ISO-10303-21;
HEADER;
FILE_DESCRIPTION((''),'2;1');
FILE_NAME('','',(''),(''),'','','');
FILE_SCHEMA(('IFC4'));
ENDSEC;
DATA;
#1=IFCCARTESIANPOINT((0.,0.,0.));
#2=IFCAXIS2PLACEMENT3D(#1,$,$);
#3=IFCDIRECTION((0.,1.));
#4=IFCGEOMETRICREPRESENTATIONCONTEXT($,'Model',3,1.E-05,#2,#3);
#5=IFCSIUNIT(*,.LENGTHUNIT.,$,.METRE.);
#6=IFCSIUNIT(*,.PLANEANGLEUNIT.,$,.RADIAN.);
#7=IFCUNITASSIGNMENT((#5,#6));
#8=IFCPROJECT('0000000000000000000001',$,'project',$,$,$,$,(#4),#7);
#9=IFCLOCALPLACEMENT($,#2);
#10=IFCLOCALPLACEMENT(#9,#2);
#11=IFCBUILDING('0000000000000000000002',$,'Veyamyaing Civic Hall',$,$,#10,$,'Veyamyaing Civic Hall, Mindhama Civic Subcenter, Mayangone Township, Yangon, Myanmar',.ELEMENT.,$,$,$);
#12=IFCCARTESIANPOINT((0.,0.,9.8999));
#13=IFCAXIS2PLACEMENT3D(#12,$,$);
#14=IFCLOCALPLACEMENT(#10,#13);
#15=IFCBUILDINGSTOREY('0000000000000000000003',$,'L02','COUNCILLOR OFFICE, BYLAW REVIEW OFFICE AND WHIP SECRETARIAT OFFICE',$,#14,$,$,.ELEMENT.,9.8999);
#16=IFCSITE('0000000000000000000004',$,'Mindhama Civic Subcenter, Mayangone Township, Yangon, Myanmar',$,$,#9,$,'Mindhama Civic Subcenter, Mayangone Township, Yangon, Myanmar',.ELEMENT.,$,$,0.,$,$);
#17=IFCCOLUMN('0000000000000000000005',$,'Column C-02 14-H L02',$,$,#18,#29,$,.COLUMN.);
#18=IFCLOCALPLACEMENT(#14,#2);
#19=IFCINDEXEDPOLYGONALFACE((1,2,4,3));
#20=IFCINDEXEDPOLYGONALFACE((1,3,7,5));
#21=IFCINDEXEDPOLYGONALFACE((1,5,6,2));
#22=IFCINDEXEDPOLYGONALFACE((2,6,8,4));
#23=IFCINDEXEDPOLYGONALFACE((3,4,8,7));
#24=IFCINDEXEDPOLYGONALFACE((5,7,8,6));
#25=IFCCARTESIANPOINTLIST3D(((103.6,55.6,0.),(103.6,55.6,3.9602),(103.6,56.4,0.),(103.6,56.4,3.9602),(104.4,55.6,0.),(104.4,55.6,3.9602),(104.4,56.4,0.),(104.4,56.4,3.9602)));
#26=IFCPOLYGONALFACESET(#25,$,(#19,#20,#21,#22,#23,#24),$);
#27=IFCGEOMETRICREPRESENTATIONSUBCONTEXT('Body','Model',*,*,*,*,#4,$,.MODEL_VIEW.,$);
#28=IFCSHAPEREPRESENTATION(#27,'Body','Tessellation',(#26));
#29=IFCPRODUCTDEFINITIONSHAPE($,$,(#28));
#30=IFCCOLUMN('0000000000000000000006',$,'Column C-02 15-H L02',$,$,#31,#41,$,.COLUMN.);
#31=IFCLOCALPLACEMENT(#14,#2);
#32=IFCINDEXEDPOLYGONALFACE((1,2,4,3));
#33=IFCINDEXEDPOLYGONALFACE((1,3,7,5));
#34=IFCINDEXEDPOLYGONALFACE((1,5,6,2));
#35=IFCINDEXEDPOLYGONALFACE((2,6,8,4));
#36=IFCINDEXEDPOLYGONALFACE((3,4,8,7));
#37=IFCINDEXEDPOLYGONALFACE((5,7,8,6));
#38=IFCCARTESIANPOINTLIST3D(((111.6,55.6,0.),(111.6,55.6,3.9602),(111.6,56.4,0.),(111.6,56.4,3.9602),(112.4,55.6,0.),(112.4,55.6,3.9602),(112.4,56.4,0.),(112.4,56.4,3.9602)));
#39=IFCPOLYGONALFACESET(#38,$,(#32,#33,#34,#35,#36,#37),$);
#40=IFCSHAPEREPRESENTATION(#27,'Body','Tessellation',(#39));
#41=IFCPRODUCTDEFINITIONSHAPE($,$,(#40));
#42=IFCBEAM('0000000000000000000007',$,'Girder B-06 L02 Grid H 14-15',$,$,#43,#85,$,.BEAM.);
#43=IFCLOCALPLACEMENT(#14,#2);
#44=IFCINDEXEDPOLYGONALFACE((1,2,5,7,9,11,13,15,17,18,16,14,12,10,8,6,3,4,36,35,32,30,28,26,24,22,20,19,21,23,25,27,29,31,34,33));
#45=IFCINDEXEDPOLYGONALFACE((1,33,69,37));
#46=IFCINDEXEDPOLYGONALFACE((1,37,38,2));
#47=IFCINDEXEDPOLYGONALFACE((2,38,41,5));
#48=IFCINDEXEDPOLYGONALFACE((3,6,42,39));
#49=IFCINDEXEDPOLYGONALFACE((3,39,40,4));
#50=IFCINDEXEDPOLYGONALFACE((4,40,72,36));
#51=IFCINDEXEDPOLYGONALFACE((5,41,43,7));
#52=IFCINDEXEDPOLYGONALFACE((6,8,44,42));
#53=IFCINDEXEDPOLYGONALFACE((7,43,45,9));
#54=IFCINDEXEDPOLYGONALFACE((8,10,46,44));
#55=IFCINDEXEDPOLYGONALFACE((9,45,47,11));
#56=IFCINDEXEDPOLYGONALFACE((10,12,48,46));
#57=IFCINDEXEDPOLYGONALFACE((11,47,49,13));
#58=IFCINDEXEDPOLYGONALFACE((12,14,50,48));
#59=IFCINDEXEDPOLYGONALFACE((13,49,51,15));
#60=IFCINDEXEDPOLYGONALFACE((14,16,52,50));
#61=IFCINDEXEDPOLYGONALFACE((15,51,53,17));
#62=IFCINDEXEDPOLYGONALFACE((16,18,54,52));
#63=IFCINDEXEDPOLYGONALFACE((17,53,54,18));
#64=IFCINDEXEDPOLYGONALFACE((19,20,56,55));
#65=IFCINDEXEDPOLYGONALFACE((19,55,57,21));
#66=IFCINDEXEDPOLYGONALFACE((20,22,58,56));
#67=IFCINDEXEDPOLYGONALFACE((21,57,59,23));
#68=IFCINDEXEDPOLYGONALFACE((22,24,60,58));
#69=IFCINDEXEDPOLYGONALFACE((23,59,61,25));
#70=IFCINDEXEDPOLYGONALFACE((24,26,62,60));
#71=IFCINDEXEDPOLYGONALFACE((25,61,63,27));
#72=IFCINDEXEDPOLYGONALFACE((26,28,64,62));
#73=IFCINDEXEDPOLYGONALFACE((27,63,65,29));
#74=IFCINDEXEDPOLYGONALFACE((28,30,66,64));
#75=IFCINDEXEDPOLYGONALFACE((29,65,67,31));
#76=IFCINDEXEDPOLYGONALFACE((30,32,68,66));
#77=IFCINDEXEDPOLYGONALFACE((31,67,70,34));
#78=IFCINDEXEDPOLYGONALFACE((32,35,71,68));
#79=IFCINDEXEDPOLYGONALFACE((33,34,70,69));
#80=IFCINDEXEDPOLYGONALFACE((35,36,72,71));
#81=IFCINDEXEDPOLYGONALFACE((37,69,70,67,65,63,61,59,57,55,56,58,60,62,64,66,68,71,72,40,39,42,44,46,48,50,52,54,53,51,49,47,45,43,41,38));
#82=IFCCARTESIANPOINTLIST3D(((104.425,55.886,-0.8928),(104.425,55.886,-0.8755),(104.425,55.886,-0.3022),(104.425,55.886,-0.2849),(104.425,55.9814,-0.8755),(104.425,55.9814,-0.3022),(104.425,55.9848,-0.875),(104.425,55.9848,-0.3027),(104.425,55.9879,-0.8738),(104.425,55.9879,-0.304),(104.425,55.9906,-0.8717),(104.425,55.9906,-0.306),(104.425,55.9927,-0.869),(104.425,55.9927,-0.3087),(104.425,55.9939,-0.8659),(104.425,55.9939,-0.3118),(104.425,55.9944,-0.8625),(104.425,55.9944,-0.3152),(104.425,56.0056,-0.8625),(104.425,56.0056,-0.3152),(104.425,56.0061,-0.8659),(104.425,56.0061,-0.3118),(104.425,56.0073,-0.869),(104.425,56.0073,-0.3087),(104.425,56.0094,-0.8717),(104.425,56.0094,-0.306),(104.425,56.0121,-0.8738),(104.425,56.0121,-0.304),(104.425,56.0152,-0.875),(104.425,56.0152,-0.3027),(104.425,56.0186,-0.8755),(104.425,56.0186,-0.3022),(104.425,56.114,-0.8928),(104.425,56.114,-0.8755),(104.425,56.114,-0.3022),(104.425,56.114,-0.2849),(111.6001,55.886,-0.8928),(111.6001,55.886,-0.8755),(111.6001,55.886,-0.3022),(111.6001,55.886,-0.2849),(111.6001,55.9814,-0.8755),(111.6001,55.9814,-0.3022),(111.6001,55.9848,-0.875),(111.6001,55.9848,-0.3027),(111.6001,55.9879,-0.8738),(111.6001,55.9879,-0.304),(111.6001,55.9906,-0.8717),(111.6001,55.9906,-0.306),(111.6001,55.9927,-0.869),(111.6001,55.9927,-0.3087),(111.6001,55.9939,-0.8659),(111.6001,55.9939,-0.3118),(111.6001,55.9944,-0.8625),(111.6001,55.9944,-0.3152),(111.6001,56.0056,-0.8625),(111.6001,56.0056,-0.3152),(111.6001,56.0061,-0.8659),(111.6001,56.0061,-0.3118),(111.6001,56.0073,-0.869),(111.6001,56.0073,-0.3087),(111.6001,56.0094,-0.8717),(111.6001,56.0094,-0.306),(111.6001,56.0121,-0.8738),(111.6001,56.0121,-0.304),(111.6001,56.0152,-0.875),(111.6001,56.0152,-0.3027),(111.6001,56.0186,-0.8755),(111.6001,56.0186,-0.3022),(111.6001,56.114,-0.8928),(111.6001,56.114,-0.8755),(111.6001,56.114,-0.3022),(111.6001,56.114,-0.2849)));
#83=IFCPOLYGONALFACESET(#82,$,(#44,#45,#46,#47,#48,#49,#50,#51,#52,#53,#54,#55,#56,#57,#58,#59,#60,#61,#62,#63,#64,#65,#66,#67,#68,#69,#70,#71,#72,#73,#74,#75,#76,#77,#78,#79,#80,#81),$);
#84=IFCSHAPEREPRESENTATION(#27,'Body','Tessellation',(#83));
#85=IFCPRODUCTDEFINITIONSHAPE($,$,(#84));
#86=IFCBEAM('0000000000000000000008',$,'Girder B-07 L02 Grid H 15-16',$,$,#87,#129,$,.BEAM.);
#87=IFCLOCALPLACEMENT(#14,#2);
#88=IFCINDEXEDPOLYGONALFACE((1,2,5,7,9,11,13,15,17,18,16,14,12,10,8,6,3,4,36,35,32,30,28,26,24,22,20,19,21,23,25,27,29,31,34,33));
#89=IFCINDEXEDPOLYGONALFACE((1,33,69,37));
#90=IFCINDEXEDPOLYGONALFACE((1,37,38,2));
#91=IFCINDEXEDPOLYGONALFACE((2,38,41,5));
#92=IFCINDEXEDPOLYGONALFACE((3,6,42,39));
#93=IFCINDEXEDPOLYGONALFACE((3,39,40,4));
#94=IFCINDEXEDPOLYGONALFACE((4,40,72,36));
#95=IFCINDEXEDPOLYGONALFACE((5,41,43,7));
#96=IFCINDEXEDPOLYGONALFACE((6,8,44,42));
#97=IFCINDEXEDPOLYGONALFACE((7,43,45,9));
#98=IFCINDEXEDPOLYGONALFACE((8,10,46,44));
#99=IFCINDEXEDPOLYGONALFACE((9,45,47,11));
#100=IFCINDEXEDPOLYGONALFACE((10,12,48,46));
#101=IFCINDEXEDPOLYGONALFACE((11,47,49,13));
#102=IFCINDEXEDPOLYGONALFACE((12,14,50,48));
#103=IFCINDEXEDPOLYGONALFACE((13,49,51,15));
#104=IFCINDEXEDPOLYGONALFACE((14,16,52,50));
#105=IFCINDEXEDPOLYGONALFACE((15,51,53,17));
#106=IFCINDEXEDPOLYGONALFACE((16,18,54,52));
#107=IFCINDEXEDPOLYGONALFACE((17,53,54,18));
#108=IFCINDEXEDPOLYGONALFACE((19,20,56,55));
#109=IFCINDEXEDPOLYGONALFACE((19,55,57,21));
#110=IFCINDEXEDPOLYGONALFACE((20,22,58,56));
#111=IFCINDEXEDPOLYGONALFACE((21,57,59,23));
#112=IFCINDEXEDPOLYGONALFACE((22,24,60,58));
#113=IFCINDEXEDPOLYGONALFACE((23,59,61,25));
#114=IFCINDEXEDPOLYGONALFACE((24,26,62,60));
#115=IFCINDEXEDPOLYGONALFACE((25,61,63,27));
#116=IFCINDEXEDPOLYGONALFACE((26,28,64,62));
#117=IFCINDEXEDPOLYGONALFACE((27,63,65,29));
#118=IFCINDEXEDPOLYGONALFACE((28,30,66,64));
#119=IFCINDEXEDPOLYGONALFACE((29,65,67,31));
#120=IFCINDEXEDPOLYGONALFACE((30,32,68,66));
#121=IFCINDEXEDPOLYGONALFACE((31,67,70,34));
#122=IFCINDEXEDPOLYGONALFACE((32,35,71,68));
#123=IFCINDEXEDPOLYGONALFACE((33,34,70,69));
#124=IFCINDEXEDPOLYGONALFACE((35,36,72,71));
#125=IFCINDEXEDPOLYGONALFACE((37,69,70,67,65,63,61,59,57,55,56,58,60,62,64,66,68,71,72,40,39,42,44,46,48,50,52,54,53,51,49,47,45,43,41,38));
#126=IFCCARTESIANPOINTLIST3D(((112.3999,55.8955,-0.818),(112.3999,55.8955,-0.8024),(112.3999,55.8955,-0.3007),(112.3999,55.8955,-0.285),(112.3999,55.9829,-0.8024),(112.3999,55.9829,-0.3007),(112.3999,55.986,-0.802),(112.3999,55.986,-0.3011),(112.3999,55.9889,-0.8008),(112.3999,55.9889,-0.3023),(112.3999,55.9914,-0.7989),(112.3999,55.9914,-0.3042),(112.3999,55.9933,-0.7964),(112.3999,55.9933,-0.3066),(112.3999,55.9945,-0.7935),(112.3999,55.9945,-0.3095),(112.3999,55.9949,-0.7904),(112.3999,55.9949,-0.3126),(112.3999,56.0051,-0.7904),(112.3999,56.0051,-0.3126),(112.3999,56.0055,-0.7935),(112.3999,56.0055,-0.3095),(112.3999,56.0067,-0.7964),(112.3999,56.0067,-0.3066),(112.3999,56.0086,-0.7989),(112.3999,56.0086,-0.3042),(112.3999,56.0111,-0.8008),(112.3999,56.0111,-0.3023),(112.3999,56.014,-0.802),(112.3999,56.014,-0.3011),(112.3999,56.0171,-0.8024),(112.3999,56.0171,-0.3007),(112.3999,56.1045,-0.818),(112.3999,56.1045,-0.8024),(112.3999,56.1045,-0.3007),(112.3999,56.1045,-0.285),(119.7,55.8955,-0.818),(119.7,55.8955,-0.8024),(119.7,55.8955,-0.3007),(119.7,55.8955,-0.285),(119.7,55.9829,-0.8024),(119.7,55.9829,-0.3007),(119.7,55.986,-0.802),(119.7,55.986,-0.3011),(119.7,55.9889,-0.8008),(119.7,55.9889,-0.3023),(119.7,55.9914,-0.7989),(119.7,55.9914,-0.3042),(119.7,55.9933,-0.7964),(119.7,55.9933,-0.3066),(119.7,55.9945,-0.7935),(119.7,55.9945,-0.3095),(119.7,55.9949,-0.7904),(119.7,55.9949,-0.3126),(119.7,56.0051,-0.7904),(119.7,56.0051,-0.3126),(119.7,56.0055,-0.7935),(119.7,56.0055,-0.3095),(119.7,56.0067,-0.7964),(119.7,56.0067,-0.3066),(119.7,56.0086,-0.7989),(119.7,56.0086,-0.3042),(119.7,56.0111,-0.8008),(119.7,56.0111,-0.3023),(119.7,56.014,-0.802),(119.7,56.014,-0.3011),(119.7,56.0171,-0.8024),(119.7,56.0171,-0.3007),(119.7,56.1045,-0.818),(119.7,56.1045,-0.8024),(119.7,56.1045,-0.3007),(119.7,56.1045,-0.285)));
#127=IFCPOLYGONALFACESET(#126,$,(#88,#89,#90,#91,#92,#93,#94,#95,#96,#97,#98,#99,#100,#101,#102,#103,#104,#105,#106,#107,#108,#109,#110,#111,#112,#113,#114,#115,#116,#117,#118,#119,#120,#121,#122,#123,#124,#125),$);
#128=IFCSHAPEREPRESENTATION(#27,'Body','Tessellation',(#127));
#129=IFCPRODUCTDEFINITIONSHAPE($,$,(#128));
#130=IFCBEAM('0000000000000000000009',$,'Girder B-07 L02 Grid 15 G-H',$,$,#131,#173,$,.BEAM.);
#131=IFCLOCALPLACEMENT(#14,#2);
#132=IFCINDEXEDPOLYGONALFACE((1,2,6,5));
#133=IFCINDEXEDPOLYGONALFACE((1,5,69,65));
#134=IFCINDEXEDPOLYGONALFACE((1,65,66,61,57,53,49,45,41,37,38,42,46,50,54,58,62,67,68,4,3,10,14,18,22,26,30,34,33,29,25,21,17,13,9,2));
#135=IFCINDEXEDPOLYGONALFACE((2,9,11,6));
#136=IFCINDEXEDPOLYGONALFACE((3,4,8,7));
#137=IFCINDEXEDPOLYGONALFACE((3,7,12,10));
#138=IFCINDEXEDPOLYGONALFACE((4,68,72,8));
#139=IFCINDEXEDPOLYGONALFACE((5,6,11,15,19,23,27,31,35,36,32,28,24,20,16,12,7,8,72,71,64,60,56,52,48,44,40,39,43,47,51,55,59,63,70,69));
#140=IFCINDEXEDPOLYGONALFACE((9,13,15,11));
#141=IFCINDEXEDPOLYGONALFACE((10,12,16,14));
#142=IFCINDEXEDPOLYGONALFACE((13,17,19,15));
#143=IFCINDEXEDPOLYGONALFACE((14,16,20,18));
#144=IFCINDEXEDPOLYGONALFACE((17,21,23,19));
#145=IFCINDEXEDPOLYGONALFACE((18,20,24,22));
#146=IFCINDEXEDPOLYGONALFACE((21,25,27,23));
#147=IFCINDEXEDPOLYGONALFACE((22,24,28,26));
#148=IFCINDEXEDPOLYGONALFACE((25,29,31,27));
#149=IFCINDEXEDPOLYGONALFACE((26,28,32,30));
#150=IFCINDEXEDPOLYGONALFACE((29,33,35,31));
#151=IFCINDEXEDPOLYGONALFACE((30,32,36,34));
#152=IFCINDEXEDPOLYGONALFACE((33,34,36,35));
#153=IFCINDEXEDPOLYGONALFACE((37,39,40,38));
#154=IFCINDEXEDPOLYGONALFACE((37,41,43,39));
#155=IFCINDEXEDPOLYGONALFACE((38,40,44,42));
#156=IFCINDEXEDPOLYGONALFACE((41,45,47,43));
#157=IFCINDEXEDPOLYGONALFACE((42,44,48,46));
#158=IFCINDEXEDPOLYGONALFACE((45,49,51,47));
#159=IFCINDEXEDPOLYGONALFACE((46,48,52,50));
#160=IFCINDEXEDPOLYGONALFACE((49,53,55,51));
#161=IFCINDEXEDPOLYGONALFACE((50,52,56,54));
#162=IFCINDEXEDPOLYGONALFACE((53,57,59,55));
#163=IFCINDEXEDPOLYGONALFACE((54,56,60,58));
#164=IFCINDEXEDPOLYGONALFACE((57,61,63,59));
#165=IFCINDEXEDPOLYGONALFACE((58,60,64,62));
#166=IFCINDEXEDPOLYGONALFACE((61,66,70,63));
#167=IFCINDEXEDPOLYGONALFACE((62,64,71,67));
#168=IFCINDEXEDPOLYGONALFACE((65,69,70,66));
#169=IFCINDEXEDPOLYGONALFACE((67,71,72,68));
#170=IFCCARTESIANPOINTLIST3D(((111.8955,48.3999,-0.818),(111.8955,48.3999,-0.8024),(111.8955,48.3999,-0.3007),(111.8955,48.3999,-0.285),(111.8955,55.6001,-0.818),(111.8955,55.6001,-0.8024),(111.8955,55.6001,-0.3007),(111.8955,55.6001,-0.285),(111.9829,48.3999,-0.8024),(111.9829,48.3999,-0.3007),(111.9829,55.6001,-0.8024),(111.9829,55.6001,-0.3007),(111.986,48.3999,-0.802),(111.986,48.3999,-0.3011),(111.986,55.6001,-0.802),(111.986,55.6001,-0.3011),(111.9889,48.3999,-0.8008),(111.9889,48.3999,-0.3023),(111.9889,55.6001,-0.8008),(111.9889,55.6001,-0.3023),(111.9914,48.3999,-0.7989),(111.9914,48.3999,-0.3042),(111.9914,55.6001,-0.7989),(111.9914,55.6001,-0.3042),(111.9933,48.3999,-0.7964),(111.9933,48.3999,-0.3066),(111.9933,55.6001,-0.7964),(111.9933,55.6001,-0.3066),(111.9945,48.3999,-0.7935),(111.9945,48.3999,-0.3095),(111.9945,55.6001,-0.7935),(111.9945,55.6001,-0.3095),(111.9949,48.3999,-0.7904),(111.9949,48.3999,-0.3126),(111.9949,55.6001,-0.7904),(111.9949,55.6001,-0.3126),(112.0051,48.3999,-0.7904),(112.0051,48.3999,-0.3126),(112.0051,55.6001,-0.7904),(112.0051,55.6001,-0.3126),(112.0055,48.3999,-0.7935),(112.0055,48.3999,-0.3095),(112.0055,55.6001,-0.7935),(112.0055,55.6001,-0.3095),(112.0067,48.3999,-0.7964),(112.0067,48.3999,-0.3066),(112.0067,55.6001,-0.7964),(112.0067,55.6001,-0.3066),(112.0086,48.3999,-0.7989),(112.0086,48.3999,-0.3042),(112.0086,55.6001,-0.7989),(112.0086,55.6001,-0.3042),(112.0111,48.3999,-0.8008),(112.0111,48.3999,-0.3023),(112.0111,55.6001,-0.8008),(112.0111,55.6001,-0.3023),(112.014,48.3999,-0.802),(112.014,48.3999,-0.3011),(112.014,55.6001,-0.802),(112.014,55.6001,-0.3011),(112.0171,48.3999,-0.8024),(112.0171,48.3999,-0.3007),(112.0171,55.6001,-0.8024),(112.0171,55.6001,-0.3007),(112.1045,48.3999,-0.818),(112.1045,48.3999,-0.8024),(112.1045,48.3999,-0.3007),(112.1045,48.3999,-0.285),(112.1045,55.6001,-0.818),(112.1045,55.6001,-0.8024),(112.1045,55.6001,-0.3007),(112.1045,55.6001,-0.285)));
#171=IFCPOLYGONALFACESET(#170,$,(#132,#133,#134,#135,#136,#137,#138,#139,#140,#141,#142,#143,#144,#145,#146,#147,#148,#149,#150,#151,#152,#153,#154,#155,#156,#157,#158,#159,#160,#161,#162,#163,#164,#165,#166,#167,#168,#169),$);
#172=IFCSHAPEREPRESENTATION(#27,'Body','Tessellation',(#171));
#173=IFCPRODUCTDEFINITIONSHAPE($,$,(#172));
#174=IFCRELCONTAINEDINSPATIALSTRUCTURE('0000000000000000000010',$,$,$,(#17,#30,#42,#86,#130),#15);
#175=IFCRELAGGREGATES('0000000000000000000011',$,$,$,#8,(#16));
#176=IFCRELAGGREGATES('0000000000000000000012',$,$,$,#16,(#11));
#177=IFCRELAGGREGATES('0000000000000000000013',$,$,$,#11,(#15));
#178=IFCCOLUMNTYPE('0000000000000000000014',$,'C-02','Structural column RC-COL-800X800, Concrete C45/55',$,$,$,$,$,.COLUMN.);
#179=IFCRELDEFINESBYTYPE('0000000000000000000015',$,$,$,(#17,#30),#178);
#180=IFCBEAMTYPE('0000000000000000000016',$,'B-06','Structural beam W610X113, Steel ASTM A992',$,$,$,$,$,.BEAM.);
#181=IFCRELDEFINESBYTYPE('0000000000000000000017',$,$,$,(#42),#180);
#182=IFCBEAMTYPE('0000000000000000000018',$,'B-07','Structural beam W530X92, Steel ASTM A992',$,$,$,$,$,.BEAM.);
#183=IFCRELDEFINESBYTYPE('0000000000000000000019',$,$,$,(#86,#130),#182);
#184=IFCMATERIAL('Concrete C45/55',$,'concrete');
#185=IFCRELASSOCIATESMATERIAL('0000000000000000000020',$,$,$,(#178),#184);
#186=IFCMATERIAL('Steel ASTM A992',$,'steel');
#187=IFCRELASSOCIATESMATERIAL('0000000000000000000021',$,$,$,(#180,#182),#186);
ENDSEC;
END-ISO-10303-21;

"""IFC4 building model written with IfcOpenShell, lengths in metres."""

from ifc_helpers import new_model, si_unit, direction, frame, origin, origin_2d, place, context, subcontext, project, spatial, rectangle, i_section, extrude, material, material_profile, profile_set, type_object, element, save


model = new_model("IFC4")

# Units and contexts
model_context = context("Model", 3, precision=1e-05, world=origin(), true_north=direction((0.0, 1.0)))
body_context = subcontext(model_context, "Body", "Model", "MODEL_VIEW")
ifc_project = project(units=[si_unit("LENGTHUNIT", "METRE"), si_unit("PLANEANGLEUNIT", "RADIAN")], contexts=[model_context])

# Site, building, storey
site_placement = place(None, origin())
site = spatial("IfcSite", under=ifc_project, at=site_placement, Name="Mindhama Civic Subcenter, Mayangone Township, Yangon, Myanmar", LongName="Mindhama Civic Subcenter, Mayangone Township, Yangon, Myanmar", CompositionType="ELEMENT", RefElevation=0.0)
building_placement = place(site_placement, origin())
building = spatial("IfcBuilding", under=site, at=building_placement, Name="Veyamyaing Civic Hall", LongName="Veyamyaing Civic Hall, Mindhama Civic Subcenter, Mayangone Township, Yangon, Myanmar", CompositionType="ELEMENT")
storey_placement = place(building_placement, frame((0.0, 0.0, 9.8999)))
storey = spatial("IfcBuildingStorey", under=building, at=storey_placement, Name="L02", Description="COUNCILLOR OFFICE, BYLAW REVIEW OFFICE AND WHIP SECRETARIAT OFFICE", CompositionType="ELEMENT", Elevation=9.8999)

# Columns
ifc_material_1 = material(Name="Concrete C45/55", Category="concrete")
ifc_material_profile_1 = material_profile(ifc_material_1, rectangle(XDim=0.8, YDim=0.8, at=origin_2d()), Name="RC-COL-800X800")
ifc_profile_set_1 = profile_set([ifc_material_profile_1], Name="Concrete C45/55")
column_type = type_object("IfcColumnType", Name="C-02", Description="Structural column RC-COL-800X800, Concrete C45/55", PredefinedType="COLUMN", material=ifc_profile_set_1)
for number, where, z_axis, x_axis, name in (
    (1, (104.0, 56.0, 0.0), (0.0, 0.0, 1.0), (1.0, 0.0, 0.0), "Column C-02 14-H L02"),
    (2, (112.0, 56.0, 0.0), (0.0, 0.0, 1.0), (1.0, 0.0, 0.0), "Column C-02 15-H L02"),
):
    element("IfcColumn", number, at=place(storey_placement, frame(where, z_axis=z_axis, x_axis=x_axis)), inside=storey, type_object=column_type, Name=name, PredefinedType="COLUMN", context=body_context, shape_type="SweptSolid", body=[
        extrude(rectangle(XDim=0.8, YDim=0.8, at=origin_2d()), origin(), (0.0, 0.0, 1.0), 3.9602),
    ])

# Beams
ifc_material_2 = material(Name="Steel ASTM A992", Category="steel")
ifc_material_profile_2 = material_profile(ifc_material_2, i_section(OverallWidth=0.228, OverallDepth=0.6079, WebThickness=0.0112, FlangeThickness=0.0173, FilletRadius=0.0129, at=origin_2d()), Name="W610X113")
ifc_profile_set_2 = profile_set([ifc_material_profile_2], Name="Steel ASTM A992")
beam_type_1 = type_object("IfcBeamType", Name="B-06", Description="Structural beam W610X113, Steel ASTM A992", PredefinedType="BEAM", material=ifc_profile_set_2)
beam_1_placement = place(storey_placement, frame((104.425, 56.0, -0.5889), z_axis=(1.0, 0.0, 0.0), x_axis=(0.0, 1.0, 0.0)))
element("IfcBeam", 3, at=beam_1_placement, inside=storey, type_object=beam_type_1, Name="Girder B-06 L02 Grid H 14-15", PredefinedType="BEAM", context=body_context, shape_type="SweptSolid", body=[
    extrude(i_section(OverallWidth=0.228, OverallDepth=0.6079, WebThickness=0.0112, FlangeThickness=0.0173, FilletRadius=0.0129, at=origin_2d()), origin(), (0.0, 0.0, 1.0), 7.175),
])
ifc_material_profile_3 = material_profile(ifc_material_2, i_section(OverallWidth=0.209, OverallDepth=0.533, WebThickness=0.0103, FlangeThickness=0.0156, FilletRadius=0.012, at=origin_2d()), Name="W530X92")
ifc_profile_set_3 = profile_set([ifc_material_profile_3], Name="Steel ASTM A992")
beam_type_2 = type_object("IfcBeamType", Name="B-07", Description="Structural beam W530X92, Steel ASTM A992", PredefinedType="BEAM", material=ifc_profile_set_3)
beam_2_placement = place(storey_placement, frame((112.3999, 56.0, -0.5515), z_axis=(1.0, 0.0, 0.0), x_axis=(0.0, 1.0, 0.0)))
element("IfcBeam", 4, at=beam_2_placement, inside=storey, type_object=beam_type_2, Name="Girder B-07 L02 Grid H 15-16", PredefinedType="BEAM", context=body_context, shape_type="SweptSolid", body=[
    extrude(i_section(OverallWidth=0.209, OverallDepth=0.533, WebThickness=0.0103, FlangeThickness=0.0156, FilletRadius=0.012, at=origin_2d()), origin(), (0.0, 0.0, 1.0), 7.3),
])
beam_3_placement = place(storey_placement, frame((112.0, 48.3999, -0.5515), z_axis=(0.0, 1.0, 0.0), x_axis=(-1.0, 0.0, 0.0)))
element("IfcBeam", 5, at=beam_3_placement, inside=storey, type_object=beam_type_2, Name="Girder B-07 L02 Grid 15 G-H", PredefinedType="BEAM", context=body_context, shape_type="SweptSolid", body=[
    extrude(i_section(OverallWidth=0.209, OverallDepth=0.533, WebThickness=0.0103, FlangeThickness=0.0156, FilletRadius=0.012, at=origin_2d()), origin(), (0.0, 0.0, 1.0), 7.2002),
])

save(model, "model.ifc")
